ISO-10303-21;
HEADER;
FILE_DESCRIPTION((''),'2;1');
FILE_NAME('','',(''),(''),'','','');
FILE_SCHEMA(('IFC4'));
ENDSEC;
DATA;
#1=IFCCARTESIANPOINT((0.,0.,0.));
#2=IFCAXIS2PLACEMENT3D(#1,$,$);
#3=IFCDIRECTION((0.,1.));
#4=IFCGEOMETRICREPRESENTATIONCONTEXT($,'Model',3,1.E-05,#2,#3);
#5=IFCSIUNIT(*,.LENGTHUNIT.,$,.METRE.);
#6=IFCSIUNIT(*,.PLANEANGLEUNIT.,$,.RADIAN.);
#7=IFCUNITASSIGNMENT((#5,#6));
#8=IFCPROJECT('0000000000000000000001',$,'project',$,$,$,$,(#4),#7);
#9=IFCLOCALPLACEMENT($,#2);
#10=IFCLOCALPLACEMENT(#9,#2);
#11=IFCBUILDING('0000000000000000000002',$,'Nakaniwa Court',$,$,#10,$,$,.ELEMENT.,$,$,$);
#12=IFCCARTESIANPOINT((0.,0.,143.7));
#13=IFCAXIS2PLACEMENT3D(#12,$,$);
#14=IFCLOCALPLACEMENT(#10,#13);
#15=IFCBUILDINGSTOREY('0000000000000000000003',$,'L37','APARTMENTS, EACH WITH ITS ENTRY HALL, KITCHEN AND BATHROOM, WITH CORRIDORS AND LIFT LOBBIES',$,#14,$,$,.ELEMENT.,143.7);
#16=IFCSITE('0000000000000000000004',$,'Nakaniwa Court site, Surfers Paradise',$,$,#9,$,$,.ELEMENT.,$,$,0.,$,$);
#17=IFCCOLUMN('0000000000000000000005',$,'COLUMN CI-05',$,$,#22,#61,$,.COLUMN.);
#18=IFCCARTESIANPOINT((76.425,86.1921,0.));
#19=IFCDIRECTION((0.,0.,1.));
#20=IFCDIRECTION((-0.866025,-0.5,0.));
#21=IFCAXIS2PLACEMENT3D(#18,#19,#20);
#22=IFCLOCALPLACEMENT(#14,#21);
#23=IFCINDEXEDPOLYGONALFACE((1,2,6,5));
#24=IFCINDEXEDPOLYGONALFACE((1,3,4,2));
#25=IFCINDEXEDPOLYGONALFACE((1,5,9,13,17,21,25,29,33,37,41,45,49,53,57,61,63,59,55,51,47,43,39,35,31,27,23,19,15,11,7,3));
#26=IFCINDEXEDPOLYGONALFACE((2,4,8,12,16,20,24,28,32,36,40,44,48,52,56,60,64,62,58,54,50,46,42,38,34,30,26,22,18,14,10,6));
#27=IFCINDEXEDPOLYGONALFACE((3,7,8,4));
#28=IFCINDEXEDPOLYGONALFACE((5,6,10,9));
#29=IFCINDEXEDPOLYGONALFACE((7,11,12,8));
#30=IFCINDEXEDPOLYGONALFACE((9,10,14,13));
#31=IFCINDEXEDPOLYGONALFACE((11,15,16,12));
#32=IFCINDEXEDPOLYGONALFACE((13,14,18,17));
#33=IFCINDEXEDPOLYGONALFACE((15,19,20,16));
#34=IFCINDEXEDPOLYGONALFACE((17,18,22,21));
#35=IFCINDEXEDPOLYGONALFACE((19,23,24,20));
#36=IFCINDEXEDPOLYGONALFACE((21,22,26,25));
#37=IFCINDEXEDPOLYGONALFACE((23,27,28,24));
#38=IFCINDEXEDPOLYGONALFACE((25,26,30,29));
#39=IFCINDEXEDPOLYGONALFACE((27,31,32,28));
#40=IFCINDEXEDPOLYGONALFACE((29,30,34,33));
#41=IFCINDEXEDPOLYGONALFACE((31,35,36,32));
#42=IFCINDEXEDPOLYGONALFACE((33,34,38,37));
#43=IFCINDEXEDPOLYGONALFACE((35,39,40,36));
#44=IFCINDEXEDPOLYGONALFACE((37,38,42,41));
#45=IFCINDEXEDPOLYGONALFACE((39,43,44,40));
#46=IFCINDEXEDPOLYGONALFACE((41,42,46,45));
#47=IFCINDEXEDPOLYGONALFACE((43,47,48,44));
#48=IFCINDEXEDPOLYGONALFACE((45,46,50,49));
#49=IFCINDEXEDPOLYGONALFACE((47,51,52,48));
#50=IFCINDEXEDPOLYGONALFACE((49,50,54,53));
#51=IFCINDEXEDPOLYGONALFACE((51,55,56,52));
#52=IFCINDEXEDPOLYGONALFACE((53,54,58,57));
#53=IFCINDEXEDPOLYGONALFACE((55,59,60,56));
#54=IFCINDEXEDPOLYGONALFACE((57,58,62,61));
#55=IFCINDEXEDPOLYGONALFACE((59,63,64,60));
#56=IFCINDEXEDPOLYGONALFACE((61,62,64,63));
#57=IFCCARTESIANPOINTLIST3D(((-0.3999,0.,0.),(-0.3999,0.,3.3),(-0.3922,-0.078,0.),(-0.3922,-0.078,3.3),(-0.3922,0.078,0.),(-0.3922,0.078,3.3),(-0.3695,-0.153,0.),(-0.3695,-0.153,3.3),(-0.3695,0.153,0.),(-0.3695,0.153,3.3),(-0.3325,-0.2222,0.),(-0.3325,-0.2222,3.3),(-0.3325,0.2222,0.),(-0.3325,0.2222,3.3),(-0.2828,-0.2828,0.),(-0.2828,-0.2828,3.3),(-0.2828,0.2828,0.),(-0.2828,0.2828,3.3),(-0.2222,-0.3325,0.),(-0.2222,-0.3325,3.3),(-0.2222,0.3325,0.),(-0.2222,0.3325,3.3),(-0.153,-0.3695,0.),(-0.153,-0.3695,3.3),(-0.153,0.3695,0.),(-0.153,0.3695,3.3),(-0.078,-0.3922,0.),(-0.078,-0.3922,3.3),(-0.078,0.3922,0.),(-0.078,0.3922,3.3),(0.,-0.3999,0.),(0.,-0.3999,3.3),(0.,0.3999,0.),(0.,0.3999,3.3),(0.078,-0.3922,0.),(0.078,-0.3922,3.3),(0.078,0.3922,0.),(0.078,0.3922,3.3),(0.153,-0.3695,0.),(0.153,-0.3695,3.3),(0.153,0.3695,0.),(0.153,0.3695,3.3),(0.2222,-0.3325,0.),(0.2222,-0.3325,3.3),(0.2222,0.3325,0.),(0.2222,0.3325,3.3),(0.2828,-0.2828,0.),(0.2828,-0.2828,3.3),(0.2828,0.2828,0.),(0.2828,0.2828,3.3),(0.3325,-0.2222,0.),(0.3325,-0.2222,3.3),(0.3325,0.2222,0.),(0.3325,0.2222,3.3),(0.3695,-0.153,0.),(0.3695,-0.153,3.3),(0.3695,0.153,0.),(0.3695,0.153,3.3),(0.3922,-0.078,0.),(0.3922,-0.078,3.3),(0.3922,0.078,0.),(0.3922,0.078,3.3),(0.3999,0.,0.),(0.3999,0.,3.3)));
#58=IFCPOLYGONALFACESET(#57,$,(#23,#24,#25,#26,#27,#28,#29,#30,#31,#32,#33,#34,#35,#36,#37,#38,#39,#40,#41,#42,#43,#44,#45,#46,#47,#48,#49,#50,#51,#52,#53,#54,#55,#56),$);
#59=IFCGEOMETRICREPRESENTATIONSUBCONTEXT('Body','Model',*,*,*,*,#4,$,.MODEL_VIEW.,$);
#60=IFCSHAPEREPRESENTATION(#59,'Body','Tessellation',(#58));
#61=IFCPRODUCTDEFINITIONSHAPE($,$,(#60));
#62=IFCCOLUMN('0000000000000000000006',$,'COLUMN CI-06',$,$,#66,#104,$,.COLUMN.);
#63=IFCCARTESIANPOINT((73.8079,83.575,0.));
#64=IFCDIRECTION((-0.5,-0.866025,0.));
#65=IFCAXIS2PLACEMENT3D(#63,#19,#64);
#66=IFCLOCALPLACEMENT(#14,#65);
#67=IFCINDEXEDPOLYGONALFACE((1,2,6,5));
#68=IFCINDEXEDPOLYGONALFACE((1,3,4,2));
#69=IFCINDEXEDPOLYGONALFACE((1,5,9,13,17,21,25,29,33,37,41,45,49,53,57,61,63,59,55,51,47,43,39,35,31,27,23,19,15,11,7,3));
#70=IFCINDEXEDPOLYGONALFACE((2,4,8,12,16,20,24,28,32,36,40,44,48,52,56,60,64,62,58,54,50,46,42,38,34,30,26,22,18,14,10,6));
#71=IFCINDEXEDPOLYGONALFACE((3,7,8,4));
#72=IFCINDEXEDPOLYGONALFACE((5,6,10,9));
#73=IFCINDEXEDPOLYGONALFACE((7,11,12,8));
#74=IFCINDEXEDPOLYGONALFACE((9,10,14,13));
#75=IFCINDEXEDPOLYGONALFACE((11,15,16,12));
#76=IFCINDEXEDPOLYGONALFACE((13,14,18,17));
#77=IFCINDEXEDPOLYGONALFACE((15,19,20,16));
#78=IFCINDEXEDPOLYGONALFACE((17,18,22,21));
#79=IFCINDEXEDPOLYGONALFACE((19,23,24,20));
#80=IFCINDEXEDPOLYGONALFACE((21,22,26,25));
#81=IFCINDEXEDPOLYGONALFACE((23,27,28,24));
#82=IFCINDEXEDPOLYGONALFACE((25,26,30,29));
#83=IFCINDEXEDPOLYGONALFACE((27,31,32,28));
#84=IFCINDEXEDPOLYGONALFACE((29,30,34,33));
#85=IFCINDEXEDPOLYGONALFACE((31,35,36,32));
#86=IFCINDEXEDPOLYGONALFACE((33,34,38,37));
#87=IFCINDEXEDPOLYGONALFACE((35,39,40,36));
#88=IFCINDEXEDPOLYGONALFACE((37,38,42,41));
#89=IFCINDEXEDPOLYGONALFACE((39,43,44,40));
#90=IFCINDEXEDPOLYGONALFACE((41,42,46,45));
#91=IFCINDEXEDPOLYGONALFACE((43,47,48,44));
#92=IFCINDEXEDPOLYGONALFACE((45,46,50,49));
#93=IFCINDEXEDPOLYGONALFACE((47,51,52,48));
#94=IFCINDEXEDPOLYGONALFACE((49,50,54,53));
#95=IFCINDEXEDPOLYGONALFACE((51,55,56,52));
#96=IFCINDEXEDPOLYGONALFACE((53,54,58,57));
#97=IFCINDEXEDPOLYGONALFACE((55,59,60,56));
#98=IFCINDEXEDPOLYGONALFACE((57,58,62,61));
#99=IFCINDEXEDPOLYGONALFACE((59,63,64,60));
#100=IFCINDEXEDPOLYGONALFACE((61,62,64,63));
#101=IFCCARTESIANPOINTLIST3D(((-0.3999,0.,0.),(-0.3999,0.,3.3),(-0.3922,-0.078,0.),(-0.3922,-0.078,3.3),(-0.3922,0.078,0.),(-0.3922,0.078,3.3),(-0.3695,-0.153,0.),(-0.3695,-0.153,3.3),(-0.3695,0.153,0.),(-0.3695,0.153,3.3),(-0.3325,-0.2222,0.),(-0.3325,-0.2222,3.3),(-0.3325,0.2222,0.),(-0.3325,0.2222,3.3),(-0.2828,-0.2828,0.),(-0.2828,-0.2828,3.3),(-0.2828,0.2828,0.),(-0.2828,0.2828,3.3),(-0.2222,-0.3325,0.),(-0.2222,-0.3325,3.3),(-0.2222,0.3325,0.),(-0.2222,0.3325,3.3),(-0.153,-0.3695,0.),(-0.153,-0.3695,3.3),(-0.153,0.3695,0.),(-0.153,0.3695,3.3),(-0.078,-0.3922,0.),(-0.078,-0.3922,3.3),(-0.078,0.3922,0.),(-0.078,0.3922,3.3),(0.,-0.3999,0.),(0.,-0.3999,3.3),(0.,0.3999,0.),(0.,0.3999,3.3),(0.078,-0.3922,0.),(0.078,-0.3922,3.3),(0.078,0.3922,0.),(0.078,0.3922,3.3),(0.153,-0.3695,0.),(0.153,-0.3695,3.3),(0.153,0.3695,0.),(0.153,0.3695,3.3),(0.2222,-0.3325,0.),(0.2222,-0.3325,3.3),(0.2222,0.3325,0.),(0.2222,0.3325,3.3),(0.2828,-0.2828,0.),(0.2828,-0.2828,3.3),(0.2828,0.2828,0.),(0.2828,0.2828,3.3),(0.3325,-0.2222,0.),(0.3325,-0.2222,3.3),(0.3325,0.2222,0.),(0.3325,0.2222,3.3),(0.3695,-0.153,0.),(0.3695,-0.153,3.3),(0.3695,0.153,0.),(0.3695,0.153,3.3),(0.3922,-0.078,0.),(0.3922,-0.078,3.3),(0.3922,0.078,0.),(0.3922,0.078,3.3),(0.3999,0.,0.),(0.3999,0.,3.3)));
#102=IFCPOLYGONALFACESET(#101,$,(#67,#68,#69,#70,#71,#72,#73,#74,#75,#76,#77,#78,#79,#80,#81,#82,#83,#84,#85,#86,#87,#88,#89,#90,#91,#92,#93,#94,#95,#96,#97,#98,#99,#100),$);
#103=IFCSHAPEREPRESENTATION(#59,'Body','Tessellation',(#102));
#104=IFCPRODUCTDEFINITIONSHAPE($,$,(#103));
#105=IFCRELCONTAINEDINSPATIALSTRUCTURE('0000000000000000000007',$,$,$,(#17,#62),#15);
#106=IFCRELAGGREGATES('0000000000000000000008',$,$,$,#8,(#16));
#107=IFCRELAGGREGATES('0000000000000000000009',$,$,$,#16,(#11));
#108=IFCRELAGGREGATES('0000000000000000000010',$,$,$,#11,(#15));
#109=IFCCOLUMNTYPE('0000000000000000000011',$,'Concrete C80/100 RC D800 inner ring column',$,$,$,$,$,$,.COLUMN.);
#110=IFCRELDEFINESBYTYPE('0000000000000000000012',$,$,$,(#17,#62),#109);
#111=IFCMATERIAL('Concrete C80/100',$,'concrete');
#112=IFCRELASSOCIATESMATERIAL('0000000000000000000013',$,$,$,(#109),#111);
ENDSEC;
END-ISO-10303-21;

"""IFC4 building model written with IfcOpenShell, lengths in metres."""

from ifc_helpers import new_model, si_unit, direction, frame, origin, origin_2d, place, context, subcontext, project, spatial, circle, extrude, material, material_profile, profile_set, type_object, element, save


model = new_model("IFC4")

# Units and contexts
model_context = context("Model", 3, precision=1e-05, world=origin(), true_north=direction((0.0, 1.0)))
body_context = subcontext(model_context, "Body", "Model", "MODEL_VIEW")
ifc_project = project(units=[si_unit("LENGTHUNIT", "METRE"), si_unit("PLANEANGLEUNIT", "RADIAN")], contexts=[model_context])

# Site, building, storey
site_placement = place(None, origin())
site = spatial("IfcSite", under=ifc_project, at=site_placement, Name="Nakaniwa Court site, Surfers Paradise", CompositionType="ELEMENT", RefElevation=0.0)
building_placement = place(site_placement, origin())
building = spatial("IfcBuilding", under=site, at=building_placement, Name="Nakaniwa Court", CompositionType="ELEMENT")
storey_placement = place(building_placement, frame((0.0, 0.0, 143.7)))
storey = spatial("IfcBuildingStorey", under=building, at=storey_placement, Name="L37", Description="APARTMENTS, EACH WITH ITS ENTRY HALL, KITCHEN AND BATHROOM, WITH CORRIDORS AND LIFT LOBBIES", CompositionType="ELEMENT", Elevation=143.7)

# Columns
ifc_material_1 = material(Name="Concrete C80/100", Category="concrete")
ifc_material_profile_1 = material_profile(ifc_material_1, circle(Radius=0.3999, at=origin_2d()), Name="Concrete C80/100 RC D800 inner ring column")
ifc_profile_set_1 = profile_set([ifc_material_profile_1], Name="Concrete C80/100")
column_type_1 = type_object("IfcColumnType", Name="Concrete C80/100 RC D800 inner ring column", PredefinedType="COLUMN", material=ifc_profile_set_1)
for number, where, z_axis, x_axis, name in (
    (1, (76.425, 86.1921, 0.0), (0.0, 0.0, 1.0), (-0.866025, -0.5, 0.0), "COLUMN CI-05"),
    (2, (73.8079, 83.575, 0.0), (0.0, 0.0, 1.0), (-0.5, -0.866025, 0.0), "COLUMN CI-06"),
):
    element("IfcColumn", number, at=place(storey_placement, frame(where, z_axis=z_axis, x_axis=x_axis)), inside=storey, type_object=column_type_1, Name=name, PredefinedType="COLUMN", context=body_context, shape_type="SweptSolid", body=[
        extrude(circle(Radius=0.3999, at=origin_2d()), origin(), (0.0, 0.0, 1.0), 3.3),
    ])

save(model, "model.ifc")
